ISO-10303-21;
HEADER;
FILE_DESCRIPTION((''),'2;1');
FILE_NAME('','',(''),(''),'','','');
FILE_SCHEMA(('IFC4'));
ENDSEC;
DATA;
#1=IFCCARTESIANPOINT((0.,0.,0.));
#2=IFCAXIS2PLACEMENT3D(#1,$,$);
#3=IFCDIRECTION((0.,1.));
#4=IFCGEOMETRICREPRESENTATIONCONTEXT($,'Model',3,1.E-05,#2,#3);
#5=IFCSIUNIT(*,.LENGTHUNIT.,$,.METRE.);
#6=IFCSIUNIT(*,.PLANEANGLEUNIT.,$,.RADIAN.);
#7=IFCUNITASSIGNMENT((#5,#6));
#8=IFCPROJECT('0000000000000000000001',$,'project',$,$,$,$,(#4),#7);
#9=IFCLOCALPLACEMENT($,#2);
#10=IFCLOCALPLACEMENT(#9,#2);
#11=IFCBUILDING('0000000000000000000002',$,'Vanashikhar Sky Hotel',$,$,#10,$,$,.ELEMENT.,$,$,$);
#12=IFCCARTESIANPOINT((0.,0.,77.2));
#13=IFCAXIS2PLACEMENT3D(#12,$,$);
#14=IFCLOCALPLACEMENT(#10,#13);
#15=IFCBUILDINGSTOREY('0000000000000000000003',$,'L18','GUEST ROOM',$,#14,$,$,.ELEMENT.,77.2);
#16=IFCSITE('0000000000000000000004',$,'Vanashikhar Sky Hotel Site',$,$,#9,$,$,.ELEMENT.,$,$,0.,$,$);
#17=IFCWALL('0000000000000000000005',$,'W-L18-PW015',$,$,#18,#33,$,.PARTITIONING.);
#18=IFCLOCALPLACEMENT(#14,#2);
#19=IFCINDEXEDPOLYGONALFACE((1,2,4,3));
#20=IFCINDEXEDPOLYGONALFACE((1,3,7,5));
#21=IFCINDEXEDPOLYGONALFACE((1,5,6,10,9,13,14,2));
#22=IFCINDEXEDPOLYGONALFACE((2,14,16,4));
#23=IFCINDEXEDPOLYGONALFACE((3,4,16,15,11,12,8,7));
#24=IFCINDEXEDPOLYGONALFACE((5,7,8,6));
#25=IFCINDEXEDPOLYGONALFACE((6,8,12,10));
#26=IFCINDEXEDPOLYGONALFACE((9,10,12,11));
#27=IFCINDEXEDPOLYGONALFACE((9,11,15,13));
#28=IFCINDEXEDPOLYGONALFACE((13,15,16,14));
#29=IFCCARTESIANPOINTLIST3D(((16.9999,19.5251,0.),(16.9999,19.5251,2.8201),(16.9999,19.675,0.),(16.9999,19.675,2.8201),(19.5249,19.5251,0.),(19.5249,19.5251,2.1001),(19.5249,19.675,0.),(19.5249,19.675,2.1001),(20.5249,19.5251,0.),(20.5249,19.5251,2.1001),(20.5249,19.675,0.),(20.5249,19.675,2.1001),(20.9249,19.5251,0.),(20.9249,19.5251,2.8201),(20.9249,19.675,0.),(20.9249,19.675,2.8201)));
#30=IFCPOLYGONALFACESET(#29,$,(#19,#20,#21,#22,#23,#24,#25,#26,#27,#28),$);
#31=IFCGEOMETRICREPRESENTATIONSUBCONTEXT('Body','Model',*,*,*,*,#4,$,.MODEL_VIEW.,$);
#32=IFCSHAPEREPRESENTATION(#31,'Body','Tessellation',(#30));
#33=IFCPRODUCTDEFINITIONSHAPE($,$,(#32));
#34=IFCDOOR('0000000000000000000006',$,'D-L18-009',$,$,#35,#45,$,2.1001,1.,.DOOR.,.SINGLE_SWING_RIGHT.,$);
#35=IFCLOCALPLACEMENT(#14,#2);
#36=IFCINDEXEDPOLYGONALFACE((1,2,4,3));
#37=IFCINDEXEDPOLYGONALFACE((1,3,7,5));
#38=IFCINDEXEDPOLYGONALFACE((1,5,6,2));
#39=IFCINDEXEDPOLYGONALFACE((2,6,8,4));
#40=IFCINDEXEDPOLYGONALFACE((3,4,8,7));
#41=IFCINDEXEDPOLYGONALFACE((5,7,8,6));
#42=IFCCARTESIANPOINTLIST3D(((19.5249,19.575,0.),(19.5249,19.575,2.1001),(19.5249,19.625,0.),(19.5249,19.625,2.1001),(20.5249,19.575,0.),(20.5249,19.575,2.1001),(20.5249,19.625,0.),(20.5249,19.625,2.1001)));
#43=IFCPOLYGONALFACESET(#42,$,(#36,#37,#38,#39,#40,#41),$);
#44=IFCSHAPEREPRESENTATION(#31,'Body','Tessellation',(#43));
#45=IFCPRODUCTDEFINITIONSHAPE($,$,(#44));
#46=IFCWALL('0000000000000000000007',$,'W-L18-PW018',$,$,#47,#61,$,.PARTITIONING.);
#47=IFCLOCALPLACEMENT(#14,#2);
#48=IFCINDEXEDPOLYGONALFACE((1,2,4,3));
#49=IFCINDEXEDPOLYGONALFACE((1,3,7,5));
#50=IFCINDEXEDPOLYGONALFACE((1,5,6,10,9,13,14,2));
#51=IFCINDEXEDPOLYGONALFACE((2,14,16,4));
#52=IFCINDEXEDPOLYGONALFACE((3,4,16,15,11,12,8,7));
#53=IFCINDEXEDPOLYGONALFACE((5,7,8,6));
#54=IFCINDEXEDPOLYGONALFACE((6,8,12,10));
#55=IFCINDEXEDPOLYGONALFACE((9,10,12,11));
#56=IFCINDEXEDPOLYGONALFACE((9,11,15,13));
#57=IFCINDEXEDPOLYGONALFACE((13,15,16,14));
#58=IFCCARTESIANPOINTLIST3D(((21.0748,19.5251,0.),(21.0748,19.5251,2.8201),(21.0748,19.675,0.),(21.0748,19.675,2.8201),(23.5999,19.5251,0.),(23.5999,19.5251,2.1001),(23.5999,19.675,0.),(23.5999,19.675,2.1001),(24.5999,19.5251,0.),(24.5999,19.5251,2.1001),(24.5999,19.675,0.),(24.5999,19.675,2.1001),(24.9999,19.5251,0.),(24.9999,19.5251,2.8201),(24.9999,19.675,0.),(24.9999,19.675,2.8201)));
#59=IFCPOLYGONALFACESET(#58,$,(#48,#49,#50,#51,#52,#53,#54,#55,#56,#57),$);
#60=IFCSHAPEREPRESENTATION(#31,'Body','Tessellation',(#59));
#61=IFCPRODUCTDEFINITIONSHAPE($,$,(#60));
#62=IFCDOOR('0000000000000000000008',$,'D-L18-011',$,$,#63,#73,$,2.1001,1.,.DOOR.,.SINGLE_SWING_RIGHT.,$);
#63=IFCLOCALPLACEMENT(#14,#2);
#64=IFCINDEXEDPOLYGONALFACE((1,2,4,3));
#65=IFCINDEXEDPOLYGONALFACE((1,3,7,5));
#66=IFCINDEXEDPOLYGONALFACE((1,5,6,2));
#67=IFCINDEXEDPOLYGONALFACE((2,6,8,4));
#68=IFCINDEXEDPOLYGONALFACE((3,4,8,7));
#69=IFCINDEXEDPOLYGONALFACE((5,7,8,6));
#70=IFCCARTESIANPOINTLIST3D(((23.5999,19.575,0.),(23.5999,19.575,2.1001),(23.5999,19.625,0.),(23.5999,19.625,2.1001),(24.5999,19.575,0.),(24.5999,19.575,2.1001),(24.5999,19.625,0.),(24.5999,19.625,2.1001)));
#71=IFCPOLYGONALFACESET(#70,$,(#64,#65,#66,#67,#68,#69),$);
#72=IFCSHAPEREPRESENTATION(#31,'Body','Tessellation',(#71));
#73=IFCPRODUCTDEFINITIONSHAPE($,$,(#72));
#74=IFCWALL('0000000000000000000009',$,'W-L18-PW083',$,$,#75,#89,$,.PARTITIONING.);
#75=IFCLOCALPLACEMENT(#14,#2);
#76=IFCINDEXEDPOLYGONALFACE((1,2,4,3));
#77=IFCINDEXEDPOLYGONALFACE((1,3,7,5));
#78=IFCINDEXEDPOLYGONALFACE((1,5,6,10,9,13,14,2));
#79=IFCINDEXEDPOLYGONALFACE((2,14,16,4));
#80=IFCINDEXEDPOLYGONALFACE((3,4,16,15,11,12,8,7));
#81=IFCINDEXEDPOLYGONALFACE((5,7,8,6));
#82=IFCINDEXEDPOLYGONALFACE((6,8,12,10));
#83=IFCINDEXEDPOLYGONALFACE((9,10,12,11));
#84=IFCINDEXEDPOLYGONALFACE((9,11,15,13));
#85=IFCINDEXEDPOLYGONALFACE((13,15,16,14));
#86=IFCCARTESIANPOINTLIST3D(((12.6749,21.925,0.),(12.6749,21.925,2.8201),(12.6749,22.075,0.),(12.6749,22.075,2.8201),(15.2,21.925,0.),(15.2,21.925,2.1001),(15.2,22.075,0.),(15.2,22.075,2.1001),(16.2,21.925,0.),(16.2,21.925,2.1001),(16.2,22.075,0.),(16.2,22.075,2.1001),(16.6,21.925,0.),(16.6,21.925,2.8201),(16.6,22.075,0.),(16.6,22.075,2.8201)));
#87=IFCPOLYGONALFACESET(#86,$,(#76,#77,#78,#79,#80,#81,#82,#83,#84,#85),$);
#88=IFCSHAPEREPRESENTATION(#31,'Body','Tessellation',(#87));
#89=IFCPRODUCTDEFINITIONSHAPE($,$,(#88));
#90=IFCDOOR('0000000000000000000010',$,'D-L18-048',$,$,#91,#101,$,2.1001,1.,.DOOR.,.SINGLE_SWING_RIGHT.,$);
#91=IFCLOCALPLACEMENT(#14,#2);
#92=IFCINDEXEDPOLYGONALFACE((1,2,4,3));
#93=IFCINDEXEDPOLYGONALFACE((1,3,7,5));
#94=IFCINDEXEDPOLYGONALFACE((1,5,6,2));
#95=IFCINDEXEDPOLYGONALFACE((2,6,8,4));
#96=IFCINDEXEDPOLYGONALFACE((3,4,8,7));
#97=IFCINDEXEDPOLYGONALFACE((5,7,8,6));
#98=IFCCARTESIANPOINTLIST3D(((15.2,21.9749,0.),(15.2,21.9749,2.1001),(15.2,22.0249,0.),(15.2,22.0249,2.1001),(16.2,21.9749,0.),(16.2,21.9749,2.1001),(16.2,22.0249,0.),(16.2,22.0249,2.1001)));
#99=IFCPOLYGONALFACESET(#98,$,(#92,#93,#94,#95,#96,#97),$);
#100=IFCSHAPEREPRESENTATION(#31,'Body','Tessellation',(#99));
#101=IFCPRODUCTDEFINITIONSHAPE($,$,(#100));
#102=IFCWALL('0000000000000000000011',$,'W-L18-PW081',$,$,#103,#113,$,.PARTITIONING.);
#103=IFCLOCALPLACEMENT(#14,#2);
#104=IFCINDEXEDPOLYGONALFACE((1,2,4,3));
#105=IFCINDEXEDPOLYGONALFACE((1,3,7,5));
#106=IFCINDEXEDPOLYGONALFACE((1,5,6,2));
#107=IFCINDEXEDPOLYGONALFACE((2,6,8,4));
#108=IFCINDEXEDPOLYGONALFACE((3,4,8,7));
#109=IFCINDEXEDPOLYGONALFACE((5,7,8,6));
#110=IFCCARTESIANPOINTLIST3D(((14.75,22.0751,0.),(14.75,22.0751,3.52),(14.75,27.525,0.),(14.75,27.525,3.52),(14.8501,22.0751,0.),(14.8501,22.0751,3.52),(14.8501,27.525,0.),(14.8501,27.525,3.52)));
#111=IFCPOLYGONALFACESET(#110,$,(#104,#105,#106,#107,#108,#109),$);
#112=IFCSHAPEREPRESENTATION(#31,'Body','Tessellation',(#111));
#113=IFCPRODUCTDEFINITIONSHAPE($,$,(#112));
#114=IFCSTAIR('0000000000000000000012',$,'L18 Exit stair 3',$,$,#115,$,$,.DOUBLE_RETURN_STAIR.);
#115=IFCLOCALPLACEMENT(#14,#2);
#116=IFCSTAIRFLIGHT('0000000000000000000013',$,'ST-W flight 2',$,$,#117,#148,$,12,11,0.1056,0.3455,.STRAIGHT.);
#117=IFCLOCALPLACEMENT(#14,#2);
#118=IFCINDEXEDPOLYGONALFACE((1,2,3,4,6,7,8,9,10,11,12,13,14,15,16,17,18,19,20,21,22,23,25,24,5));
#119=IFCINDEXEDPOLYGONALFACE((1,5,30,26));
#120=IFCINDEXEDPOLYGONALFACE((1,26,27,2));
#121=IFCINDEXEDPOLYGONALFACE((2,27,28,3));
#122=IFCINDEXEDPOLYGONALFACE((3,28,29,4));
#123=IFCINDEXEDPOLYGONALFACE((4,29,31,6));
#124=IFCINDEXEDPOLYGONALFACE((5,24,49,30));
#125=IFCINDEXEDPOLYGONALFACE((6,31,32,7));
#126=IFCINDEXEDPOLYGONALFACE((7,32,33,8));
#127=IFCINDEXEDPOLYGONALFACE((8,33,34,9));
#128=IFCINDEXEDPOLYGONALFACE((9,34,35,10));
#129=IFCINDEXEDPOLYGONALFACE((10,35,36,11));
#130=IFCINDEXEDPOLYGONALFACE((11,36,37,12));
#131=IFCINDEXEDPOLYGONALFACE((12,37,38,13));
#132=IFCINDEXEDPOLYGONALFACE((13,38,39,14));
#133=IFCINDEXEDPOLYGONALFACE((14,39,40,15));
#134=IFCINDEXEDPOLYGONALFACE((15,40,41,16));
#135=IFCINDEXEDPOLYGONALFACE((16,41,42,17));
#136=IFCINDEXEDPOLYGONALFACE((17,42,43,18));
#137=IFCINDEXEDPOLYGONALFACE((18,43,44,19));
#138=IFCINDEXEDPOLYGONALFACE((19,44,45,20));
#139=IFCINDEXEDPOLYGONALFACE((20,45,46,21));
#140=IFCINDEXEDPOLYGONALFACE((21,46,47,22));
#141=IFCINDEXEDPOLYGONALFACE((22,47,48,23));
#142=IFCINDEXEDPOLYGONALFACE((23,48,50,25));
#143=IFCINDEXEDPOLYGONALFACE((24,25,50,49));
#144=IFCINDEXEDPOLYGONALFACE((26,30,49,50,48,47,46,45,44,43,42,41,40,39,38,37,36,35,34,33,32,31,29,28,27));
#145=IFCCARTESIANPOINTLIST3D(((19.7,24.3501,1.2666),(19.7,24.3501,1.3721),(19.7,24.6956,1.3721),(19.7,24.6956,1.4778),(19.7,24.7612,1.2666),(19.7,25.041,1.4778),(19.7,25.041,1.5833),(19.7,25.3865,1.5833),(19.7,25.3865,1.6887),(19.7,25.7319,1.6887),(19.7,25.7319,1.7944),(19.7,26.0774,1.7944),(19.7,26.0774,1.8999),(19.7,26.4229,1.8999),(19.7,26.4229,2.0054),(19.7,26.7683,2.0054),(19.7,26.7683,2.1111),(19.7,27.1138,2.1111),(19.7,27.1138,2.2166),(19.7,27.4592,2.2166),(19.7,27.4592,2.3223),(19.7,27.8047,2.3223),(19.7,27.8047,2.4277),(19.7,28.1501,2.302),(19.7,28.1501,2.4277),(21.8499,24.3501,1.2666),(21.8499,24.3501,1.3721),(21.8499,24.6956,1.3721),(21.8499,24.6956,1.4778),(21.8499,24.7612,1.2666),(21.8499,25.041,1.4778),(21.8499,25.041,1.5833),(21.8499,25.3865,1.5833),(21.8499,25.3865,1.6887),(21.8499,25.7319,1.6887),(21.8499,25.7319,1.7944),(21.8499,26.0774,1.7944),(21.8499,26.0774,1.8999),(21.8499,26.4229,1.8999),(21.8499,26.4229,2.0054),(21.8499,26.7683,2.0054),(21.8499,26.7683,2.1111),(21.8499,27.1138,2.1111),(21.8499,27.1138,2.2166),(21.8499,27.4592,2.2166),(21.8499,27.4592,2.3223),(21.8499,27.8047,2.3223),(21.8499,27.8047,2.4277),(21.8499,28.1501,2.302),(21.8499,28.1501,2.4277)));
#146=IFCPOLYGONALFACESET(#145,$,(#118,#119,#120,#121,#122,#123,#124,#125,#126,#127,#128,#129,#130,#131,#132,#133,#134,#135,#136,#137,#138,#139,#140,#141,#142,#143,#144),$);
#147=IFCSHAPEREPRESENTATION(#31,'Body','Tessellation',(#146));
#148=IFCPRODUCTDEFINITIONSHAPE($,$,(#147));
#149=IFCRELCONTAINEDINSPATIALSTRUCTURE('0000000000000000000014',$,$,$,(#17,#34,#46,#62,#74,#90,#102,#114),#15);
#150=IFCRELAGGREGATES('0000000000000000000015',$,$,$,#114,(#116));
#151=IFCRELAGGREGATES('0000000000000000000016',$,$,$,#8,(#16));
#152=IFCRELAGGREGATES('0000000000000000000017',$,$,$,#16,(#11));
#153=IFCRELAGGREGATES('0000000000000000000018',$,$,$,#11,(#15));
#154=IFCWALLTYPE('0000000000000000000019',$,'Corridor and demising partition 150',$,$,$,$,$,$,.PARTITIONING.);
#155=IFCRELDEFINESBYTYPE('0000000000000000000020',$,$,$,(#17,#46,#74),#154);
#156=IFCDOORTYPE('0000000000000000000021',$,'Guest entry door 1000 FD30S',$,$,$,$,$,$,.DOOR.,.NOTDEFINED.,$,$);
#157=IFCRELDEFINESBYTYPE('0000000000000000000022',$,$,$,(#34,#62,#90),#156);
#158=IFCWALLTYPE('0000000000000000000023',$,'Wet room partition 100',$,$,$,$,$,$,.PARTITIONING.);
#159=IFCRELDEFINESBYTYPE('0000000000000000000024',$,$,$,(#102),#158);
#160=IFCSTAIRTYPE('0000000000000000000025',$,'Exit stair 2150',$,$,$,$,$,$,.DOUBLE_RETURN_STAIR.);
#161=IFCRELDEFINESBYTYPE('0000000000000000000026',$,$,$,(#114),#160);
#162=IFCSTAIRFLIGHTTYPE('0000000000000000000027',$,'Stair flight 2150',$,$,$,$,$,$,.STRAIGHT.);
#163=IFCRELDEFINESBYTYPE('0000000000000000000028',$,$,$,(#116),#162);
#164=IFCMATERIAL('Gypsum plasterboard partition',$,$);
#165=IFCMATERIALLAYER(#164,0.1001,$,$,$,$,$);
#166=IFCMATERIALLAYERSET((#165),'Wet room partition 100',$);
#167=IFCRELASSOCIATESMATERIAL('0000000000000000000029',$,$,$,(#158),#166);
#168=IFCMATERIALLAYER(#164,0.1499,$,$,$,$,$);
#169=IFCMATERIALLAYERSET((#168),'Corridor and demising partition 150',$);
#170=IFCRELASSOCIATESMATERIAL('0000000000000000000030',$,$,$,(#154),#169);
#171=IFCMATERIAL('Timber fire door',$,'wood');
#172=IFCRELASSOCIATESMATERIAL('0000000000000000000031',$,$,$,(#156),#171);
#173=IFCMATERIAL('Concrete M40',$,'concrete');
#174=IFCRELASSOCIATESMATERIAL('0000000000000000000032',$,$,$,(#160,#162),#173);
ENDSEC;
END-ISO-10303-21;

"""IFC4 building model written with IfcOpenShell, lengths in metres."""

from ifc_helpers import new_model, si_unit, direction, frame, frame_2d, origin, place, context, subcontext, project, spatial, polyline, rectangle, outline, extrude, source, transform, mapped, material, layer, layer_set, type_object, element, fill, aggregate, save


model = new_model("IFC4")

# Units and contexts
model_context = context("Model", 3, precision=1e-05, world=origin(), true_north=direction((0.0, 1.0)))
body_context = subcontext(model_context, "Body", "Model", "MODEL_VIEW")
ifc_project = project(units=[si_unit("LENGTHUNIT", "METRE"), si_unit("PLANEANGLEUNIT", "RADIAN")], contexts=[model_context])

# Site, building, storey
site_placement = place(None, origin())
site = spatial("IfcSite", under=ifc_project, at=site_placement, Name="Vanashikhar Sky Hotel Site", CompositionType="ELEMENT", RefElevation=0.0)
building_placement = place(site_placement, origin())
building = spatial("IfcBuilding", under=site, at=building_placement, Name="Vanashikhar Sky Hotel", CompositionType="ELEMENT")
storey_placement = place(building_placement, frame((0.0, 0.0, 77.2)))
storey = spatial("IfcBuildingStorey", under=building, at=storey_placement, Name="L18", Description="GUEST ROOM", CompositionType="ELEMENT", Elevation=77.2)

# Walls, openings, doors
ifc_material_1 = material(Name="Gypsum plasterboard partition")
ifc_layer_1 = layer(ifc_material_1, 0.1001)
ifc_layer_set_1 = layer_set([ifc_layer_1], Name="Wet room partition 100")
wall_type_1 = type_object("IfcWallType", Name="Wet room partition 100", PredefinedType="PARTITIONING", material=ifc_layer_set_1)
ifc_layer_2 = layer(ifc_material_1, 0.1499)
ifc_layer_set_2 = layer_set([ifc_layer_2], Name="Corridor and demising partition 150")
wall_type_2 = type_object("IfcWallType", Name="Corridor and demising partition 150", PredefinedType="PARTITIONING", material=ifc_layer_set_2)
shared_shape_1 = source(origin(), body_context, "Body", "SweptSolid", [
    extrude(rectangle(XDim=3.925, YDim=0.1499, at=frame_2d((1.9624, 0.0))), origin(), (0.0, 0.0, 1.0), 2.8201),
])
shared_shape_2 = source(origin(), body_context, "Body", "SweptSolid", [
    extrude(rectangle(XDim=1.0, YDim=2.1001, at=frame_2d((0.5, 1.05))), frame((0.0, 0.085, 0.0), z_axis=(0.0, -1.0, 0.0), x_axis=(1.0, 0.0, 0.0)), (0.0, 0.0, 1.0), 0.1699),
])
ifc_material_2 = material(Name="Timber fire door", Category="wood")
door_type_1 = type_object("IfcDoorType", Name="Guest entry door 1000 FD30S", OperationType="NOTDEFINED", PredefinedType="DOOR", material=ifc_material_2)
shared_shape_3 = source(origin(), body_context, "Body", "SweptSolid", [
    extrude(rectangle(XDim=1.0, YDim=2.1001, at=frame_2d((0.5, 1.05))), frame((0.0, 0.0249, 0.0), z_axis=(0.0, -1.0, 0.0), x_axis=(1.0, 0.0, 0.0)), (0.0, 0.0, 1.0), 0.05),
])
wall_1_placement = place(storey_placement, frame((17.0, 19.6001, 0.0), z_axis=(0.0, 0.0, 1.0), x_axis=(1.0, 0.0, 0.0)))
wall_1 = element("IfcWall", 1, at=wall_1_placement, inside=storey, type_object=wall_type_2, Name="W-L18-PW015", PredefinedType="PARTITIONING", context=body_context, shape_type="MappedRepresentation", body=[
    mapped(shared_shape_1, transform((0.0, 0.0, 0.0), scale=1.0)),
])
opening_1_placement = place(wall_1_placement, frame((2.5249, 0.0, 0.0)))
opening_1 = element("IfcOpeningElement", 2, at=opening_1_placement, cuts=wall_1, PredefinedType="OPENING", context=body_context, shape_type="MappedRepresentation", body=[
    mapped(shared_shape_2, transform((0.0, 0.0, 0.0), scale=1.0)),
])
door_1_placement = place(opening_1_placement, origin())
door_1 = element("IfcDoor", 3, at=door_1_placement, inside=storey, type_object=door_type_1, Name="D-L18-009", OperationType="SINGLE_SWING_RIGHT", OverallHeight=2.1001, OverallWidth=1.0, PredefinedType="DOOR", context=body_context, shape_type="MappedRepresentation", body=[
    mapped(shared_shape_3, transform((0.0, 0.0, 0.0), scale=1.0)),
])
fill(opening_1, door_1)
wall_2_placement = place(storey_placement, frame((21.075, 19.6001, 0.0), z_axis=(0.0, 0.0, 1.0), x_axis=(1.0, 0.0, 0.0)))
wall_2 = element("IfcWall", 4, at=wall_2_placement, inside=storey, type_object=wall_type_2, Name="W-L18-PW018", PredefinedType="PARTITIONING", context=body_context, shape_type="MappedRepresentation", body=[
    mapped(shared_shape_1, transform((0.0, 0.0, 0.0), scale=1.0)),
])
opening_2_placement = place(wall_2_placement, frame((2.5249, 0.0, 0.0)))
opening_2 = element("IfcOpeningElement", 5, at=opening_2_placement, cuts=wall_2, PredefinedType="OPENING", context=body_context, shape_type="MappedRepresentation", body=[
    mapped(shared_shape_2, transform((0.0, 0.0, 0.0), scale=1.0)),
])
door_2_placement = place(opening_2_placement, origin())
door_2 = element("IfcDoor", 6, at=door_2_placement, inside=storey, type_object=door_type_1, Name="D-L18-011", OperationType="SINGLE_SWING_RIGHT", OverallHeight=2.1001, OverallWidth=1.0, PredefinedType="DOOR", context=body_context, shape_type="MappedRepresentation", body=[
    mapped(shared_shape_3, transform((0.0, 0.0, 0.0), scale=1.0)),
])
fill(opening_2, door_2)
wall_3_placement = place(storey_placement, frame((12.675, 22.0, 0.0), z_axis=(0.0, 0.0, 1.0), x_axis=(1.0, 0.0, 0.0)))
wall_3 = element("IfcWall", 7, at=wall_3_placement, inside=storey, type_object=wall_type_2, Name="W-L18-PW083", PredefinedType="PARTITIONING", context=body_context, shape_type="MappedRepresentation", body=[
    mapped(shared_shape_1, transform((0.0, 0.0, 0.0), scale=1.0)),
])
opening_3_placement = place(wall_3_placement, frame((2.5249, 0.0, 0.0)))
opening_3 = element("IfcOpeningElement", 8, at=opening_3_placement, cuts=wall_3, PredefinedType="OPENING", context=body_context, shape_type="MappedRepresentation", body=[
    mapped(shared_shape_2, transform((0.0, 0.0, 0.0), scale=1.0)),
])
door_3_placement = place(opening_3_placement, origin())
door_3 = element("IfcDoor", 9, at=door_3_placement, inside=storey, type_object=door_type_1, Name="D-L18-048", OperationType="SINGLE_SWING_RIGHT", OverallHeight=2.1001, OverallWidth=1.0, PredefinedType="DOOR", context=body_context, shape_type="MappedRepresentation", body=[
    mapped(shared_shape_3, transform((0.0, 0.0, 0.0), scale=1.0)),
])
fill(opening_3, door_3)

# Wall
shared_shape_4 = source(origin(), body_context, "Body", "SweptSolid", [
    extrude(rectangle(XDim=5.45, YDim=0.1001, at=frame_2d((2.7251, 0.0))), origin(), (0.0, 0.0, 1.0), 3.52),
])
wall_4_placement = place(storey_placement, frame((14.8, 22.075, 0.0), z_axis=(0.0, 0.0, 1.0), x_axis=(0.0, 1.0, 0.0)))
element("IfcWall", 10, at=wall_4_placement, inside=storey, type_object=wall_type_1, Name="W-L18-PW081", PredefinedType="PARTITIONING", context=body_context, shape_type="MappedRepresentation", body=[
    mapped(shared_shape_4, transform((0.0, 0.0, 0.0), scale=1.0)),
])

# Stair, stair flight
ifc_material_3 = material(Name="Concrete M40", Category="concrete")
stair_type = type_object("IfcStairType", Name="Exit stair 2150", PredefinedType="DOUBLE_RETURN_STAIR", material=ifc_material_3)
stair_placement = place(storey_placement, origin())
stair = element("IfcStair", 11, at=stair_placement, inside=storey, type_object=stair_type, Name="L18 Exit stair 3", PredefinedType="DOUBLE_RETURN_STAIR")
stair_flight_type = type_object("IfcStairFlightType", Name="Stair flight 2150", PredefinedType="STRAIGHT", material=ifc_material_3)
shared_shape_5 = source(origin(), body_context, "Body", "SweptSolid", [
    extrude(outline(polyline([(0.0, 0.0), (0.0, 0.1055), (0.3455, 0.1055), (0.3455, 0.2112), (0.6909, 0.2112), (0.6909, 0.3167), (1.0364, 0.3167), (1.0364, 0.4221), (1.3818, 0.4221), (1.3818, 0.5278), (1.7273, 0.5278), (1.7273, 0.6333), (2.0728, 0.6333), (2.0728, 0.7388), (2.4182, 0.7388), (2.4182, 0.8445), (2.7637, 0.8445), (2.7637, 0.95), (3.1091, 0.95), (3.1091, 1.0557), (3.4546, 1.0557), (3.4546, 1.1611), (3.8, 1.1611), (3.8, 1.2666), (3.8, 1.0354), (0.4111, 0.0), (0.0, 0.0)])), frame((0.0, 1.075, 0.0), z_axis=(0.0, -1.0, 0.0), x_axis=(1.0, 0.0, 0.0)), (0.0, 0.0, 1.0), 2.1499),
])
stair_flight_placement = place(storey_placement, frame((20.7749, 24.3501, 1.2666), z_axis=(0.0, 0.0, 1.0), x_axis=(0.0, 1.0, 0.0)))
stair_flight = element("IfcStairFlight", 12, at=stair_flight_placement, type_object=stair_flight_type, Name="ST-W flight 2", NumberOfRisers=12, NumberOfTreads=11, PredefinedType="STRAIGHT", RiserHeight=0.1056, TreadLength=0.3455, context=body_context, shape_type="MappedRepresentation", body=[
    mapped(shared_shape_5, transform((0.0, 0.0, 0.0), scale=1.0)),
])
aggregate(stair, [stair_flight])

save(model, "model.ifc")
